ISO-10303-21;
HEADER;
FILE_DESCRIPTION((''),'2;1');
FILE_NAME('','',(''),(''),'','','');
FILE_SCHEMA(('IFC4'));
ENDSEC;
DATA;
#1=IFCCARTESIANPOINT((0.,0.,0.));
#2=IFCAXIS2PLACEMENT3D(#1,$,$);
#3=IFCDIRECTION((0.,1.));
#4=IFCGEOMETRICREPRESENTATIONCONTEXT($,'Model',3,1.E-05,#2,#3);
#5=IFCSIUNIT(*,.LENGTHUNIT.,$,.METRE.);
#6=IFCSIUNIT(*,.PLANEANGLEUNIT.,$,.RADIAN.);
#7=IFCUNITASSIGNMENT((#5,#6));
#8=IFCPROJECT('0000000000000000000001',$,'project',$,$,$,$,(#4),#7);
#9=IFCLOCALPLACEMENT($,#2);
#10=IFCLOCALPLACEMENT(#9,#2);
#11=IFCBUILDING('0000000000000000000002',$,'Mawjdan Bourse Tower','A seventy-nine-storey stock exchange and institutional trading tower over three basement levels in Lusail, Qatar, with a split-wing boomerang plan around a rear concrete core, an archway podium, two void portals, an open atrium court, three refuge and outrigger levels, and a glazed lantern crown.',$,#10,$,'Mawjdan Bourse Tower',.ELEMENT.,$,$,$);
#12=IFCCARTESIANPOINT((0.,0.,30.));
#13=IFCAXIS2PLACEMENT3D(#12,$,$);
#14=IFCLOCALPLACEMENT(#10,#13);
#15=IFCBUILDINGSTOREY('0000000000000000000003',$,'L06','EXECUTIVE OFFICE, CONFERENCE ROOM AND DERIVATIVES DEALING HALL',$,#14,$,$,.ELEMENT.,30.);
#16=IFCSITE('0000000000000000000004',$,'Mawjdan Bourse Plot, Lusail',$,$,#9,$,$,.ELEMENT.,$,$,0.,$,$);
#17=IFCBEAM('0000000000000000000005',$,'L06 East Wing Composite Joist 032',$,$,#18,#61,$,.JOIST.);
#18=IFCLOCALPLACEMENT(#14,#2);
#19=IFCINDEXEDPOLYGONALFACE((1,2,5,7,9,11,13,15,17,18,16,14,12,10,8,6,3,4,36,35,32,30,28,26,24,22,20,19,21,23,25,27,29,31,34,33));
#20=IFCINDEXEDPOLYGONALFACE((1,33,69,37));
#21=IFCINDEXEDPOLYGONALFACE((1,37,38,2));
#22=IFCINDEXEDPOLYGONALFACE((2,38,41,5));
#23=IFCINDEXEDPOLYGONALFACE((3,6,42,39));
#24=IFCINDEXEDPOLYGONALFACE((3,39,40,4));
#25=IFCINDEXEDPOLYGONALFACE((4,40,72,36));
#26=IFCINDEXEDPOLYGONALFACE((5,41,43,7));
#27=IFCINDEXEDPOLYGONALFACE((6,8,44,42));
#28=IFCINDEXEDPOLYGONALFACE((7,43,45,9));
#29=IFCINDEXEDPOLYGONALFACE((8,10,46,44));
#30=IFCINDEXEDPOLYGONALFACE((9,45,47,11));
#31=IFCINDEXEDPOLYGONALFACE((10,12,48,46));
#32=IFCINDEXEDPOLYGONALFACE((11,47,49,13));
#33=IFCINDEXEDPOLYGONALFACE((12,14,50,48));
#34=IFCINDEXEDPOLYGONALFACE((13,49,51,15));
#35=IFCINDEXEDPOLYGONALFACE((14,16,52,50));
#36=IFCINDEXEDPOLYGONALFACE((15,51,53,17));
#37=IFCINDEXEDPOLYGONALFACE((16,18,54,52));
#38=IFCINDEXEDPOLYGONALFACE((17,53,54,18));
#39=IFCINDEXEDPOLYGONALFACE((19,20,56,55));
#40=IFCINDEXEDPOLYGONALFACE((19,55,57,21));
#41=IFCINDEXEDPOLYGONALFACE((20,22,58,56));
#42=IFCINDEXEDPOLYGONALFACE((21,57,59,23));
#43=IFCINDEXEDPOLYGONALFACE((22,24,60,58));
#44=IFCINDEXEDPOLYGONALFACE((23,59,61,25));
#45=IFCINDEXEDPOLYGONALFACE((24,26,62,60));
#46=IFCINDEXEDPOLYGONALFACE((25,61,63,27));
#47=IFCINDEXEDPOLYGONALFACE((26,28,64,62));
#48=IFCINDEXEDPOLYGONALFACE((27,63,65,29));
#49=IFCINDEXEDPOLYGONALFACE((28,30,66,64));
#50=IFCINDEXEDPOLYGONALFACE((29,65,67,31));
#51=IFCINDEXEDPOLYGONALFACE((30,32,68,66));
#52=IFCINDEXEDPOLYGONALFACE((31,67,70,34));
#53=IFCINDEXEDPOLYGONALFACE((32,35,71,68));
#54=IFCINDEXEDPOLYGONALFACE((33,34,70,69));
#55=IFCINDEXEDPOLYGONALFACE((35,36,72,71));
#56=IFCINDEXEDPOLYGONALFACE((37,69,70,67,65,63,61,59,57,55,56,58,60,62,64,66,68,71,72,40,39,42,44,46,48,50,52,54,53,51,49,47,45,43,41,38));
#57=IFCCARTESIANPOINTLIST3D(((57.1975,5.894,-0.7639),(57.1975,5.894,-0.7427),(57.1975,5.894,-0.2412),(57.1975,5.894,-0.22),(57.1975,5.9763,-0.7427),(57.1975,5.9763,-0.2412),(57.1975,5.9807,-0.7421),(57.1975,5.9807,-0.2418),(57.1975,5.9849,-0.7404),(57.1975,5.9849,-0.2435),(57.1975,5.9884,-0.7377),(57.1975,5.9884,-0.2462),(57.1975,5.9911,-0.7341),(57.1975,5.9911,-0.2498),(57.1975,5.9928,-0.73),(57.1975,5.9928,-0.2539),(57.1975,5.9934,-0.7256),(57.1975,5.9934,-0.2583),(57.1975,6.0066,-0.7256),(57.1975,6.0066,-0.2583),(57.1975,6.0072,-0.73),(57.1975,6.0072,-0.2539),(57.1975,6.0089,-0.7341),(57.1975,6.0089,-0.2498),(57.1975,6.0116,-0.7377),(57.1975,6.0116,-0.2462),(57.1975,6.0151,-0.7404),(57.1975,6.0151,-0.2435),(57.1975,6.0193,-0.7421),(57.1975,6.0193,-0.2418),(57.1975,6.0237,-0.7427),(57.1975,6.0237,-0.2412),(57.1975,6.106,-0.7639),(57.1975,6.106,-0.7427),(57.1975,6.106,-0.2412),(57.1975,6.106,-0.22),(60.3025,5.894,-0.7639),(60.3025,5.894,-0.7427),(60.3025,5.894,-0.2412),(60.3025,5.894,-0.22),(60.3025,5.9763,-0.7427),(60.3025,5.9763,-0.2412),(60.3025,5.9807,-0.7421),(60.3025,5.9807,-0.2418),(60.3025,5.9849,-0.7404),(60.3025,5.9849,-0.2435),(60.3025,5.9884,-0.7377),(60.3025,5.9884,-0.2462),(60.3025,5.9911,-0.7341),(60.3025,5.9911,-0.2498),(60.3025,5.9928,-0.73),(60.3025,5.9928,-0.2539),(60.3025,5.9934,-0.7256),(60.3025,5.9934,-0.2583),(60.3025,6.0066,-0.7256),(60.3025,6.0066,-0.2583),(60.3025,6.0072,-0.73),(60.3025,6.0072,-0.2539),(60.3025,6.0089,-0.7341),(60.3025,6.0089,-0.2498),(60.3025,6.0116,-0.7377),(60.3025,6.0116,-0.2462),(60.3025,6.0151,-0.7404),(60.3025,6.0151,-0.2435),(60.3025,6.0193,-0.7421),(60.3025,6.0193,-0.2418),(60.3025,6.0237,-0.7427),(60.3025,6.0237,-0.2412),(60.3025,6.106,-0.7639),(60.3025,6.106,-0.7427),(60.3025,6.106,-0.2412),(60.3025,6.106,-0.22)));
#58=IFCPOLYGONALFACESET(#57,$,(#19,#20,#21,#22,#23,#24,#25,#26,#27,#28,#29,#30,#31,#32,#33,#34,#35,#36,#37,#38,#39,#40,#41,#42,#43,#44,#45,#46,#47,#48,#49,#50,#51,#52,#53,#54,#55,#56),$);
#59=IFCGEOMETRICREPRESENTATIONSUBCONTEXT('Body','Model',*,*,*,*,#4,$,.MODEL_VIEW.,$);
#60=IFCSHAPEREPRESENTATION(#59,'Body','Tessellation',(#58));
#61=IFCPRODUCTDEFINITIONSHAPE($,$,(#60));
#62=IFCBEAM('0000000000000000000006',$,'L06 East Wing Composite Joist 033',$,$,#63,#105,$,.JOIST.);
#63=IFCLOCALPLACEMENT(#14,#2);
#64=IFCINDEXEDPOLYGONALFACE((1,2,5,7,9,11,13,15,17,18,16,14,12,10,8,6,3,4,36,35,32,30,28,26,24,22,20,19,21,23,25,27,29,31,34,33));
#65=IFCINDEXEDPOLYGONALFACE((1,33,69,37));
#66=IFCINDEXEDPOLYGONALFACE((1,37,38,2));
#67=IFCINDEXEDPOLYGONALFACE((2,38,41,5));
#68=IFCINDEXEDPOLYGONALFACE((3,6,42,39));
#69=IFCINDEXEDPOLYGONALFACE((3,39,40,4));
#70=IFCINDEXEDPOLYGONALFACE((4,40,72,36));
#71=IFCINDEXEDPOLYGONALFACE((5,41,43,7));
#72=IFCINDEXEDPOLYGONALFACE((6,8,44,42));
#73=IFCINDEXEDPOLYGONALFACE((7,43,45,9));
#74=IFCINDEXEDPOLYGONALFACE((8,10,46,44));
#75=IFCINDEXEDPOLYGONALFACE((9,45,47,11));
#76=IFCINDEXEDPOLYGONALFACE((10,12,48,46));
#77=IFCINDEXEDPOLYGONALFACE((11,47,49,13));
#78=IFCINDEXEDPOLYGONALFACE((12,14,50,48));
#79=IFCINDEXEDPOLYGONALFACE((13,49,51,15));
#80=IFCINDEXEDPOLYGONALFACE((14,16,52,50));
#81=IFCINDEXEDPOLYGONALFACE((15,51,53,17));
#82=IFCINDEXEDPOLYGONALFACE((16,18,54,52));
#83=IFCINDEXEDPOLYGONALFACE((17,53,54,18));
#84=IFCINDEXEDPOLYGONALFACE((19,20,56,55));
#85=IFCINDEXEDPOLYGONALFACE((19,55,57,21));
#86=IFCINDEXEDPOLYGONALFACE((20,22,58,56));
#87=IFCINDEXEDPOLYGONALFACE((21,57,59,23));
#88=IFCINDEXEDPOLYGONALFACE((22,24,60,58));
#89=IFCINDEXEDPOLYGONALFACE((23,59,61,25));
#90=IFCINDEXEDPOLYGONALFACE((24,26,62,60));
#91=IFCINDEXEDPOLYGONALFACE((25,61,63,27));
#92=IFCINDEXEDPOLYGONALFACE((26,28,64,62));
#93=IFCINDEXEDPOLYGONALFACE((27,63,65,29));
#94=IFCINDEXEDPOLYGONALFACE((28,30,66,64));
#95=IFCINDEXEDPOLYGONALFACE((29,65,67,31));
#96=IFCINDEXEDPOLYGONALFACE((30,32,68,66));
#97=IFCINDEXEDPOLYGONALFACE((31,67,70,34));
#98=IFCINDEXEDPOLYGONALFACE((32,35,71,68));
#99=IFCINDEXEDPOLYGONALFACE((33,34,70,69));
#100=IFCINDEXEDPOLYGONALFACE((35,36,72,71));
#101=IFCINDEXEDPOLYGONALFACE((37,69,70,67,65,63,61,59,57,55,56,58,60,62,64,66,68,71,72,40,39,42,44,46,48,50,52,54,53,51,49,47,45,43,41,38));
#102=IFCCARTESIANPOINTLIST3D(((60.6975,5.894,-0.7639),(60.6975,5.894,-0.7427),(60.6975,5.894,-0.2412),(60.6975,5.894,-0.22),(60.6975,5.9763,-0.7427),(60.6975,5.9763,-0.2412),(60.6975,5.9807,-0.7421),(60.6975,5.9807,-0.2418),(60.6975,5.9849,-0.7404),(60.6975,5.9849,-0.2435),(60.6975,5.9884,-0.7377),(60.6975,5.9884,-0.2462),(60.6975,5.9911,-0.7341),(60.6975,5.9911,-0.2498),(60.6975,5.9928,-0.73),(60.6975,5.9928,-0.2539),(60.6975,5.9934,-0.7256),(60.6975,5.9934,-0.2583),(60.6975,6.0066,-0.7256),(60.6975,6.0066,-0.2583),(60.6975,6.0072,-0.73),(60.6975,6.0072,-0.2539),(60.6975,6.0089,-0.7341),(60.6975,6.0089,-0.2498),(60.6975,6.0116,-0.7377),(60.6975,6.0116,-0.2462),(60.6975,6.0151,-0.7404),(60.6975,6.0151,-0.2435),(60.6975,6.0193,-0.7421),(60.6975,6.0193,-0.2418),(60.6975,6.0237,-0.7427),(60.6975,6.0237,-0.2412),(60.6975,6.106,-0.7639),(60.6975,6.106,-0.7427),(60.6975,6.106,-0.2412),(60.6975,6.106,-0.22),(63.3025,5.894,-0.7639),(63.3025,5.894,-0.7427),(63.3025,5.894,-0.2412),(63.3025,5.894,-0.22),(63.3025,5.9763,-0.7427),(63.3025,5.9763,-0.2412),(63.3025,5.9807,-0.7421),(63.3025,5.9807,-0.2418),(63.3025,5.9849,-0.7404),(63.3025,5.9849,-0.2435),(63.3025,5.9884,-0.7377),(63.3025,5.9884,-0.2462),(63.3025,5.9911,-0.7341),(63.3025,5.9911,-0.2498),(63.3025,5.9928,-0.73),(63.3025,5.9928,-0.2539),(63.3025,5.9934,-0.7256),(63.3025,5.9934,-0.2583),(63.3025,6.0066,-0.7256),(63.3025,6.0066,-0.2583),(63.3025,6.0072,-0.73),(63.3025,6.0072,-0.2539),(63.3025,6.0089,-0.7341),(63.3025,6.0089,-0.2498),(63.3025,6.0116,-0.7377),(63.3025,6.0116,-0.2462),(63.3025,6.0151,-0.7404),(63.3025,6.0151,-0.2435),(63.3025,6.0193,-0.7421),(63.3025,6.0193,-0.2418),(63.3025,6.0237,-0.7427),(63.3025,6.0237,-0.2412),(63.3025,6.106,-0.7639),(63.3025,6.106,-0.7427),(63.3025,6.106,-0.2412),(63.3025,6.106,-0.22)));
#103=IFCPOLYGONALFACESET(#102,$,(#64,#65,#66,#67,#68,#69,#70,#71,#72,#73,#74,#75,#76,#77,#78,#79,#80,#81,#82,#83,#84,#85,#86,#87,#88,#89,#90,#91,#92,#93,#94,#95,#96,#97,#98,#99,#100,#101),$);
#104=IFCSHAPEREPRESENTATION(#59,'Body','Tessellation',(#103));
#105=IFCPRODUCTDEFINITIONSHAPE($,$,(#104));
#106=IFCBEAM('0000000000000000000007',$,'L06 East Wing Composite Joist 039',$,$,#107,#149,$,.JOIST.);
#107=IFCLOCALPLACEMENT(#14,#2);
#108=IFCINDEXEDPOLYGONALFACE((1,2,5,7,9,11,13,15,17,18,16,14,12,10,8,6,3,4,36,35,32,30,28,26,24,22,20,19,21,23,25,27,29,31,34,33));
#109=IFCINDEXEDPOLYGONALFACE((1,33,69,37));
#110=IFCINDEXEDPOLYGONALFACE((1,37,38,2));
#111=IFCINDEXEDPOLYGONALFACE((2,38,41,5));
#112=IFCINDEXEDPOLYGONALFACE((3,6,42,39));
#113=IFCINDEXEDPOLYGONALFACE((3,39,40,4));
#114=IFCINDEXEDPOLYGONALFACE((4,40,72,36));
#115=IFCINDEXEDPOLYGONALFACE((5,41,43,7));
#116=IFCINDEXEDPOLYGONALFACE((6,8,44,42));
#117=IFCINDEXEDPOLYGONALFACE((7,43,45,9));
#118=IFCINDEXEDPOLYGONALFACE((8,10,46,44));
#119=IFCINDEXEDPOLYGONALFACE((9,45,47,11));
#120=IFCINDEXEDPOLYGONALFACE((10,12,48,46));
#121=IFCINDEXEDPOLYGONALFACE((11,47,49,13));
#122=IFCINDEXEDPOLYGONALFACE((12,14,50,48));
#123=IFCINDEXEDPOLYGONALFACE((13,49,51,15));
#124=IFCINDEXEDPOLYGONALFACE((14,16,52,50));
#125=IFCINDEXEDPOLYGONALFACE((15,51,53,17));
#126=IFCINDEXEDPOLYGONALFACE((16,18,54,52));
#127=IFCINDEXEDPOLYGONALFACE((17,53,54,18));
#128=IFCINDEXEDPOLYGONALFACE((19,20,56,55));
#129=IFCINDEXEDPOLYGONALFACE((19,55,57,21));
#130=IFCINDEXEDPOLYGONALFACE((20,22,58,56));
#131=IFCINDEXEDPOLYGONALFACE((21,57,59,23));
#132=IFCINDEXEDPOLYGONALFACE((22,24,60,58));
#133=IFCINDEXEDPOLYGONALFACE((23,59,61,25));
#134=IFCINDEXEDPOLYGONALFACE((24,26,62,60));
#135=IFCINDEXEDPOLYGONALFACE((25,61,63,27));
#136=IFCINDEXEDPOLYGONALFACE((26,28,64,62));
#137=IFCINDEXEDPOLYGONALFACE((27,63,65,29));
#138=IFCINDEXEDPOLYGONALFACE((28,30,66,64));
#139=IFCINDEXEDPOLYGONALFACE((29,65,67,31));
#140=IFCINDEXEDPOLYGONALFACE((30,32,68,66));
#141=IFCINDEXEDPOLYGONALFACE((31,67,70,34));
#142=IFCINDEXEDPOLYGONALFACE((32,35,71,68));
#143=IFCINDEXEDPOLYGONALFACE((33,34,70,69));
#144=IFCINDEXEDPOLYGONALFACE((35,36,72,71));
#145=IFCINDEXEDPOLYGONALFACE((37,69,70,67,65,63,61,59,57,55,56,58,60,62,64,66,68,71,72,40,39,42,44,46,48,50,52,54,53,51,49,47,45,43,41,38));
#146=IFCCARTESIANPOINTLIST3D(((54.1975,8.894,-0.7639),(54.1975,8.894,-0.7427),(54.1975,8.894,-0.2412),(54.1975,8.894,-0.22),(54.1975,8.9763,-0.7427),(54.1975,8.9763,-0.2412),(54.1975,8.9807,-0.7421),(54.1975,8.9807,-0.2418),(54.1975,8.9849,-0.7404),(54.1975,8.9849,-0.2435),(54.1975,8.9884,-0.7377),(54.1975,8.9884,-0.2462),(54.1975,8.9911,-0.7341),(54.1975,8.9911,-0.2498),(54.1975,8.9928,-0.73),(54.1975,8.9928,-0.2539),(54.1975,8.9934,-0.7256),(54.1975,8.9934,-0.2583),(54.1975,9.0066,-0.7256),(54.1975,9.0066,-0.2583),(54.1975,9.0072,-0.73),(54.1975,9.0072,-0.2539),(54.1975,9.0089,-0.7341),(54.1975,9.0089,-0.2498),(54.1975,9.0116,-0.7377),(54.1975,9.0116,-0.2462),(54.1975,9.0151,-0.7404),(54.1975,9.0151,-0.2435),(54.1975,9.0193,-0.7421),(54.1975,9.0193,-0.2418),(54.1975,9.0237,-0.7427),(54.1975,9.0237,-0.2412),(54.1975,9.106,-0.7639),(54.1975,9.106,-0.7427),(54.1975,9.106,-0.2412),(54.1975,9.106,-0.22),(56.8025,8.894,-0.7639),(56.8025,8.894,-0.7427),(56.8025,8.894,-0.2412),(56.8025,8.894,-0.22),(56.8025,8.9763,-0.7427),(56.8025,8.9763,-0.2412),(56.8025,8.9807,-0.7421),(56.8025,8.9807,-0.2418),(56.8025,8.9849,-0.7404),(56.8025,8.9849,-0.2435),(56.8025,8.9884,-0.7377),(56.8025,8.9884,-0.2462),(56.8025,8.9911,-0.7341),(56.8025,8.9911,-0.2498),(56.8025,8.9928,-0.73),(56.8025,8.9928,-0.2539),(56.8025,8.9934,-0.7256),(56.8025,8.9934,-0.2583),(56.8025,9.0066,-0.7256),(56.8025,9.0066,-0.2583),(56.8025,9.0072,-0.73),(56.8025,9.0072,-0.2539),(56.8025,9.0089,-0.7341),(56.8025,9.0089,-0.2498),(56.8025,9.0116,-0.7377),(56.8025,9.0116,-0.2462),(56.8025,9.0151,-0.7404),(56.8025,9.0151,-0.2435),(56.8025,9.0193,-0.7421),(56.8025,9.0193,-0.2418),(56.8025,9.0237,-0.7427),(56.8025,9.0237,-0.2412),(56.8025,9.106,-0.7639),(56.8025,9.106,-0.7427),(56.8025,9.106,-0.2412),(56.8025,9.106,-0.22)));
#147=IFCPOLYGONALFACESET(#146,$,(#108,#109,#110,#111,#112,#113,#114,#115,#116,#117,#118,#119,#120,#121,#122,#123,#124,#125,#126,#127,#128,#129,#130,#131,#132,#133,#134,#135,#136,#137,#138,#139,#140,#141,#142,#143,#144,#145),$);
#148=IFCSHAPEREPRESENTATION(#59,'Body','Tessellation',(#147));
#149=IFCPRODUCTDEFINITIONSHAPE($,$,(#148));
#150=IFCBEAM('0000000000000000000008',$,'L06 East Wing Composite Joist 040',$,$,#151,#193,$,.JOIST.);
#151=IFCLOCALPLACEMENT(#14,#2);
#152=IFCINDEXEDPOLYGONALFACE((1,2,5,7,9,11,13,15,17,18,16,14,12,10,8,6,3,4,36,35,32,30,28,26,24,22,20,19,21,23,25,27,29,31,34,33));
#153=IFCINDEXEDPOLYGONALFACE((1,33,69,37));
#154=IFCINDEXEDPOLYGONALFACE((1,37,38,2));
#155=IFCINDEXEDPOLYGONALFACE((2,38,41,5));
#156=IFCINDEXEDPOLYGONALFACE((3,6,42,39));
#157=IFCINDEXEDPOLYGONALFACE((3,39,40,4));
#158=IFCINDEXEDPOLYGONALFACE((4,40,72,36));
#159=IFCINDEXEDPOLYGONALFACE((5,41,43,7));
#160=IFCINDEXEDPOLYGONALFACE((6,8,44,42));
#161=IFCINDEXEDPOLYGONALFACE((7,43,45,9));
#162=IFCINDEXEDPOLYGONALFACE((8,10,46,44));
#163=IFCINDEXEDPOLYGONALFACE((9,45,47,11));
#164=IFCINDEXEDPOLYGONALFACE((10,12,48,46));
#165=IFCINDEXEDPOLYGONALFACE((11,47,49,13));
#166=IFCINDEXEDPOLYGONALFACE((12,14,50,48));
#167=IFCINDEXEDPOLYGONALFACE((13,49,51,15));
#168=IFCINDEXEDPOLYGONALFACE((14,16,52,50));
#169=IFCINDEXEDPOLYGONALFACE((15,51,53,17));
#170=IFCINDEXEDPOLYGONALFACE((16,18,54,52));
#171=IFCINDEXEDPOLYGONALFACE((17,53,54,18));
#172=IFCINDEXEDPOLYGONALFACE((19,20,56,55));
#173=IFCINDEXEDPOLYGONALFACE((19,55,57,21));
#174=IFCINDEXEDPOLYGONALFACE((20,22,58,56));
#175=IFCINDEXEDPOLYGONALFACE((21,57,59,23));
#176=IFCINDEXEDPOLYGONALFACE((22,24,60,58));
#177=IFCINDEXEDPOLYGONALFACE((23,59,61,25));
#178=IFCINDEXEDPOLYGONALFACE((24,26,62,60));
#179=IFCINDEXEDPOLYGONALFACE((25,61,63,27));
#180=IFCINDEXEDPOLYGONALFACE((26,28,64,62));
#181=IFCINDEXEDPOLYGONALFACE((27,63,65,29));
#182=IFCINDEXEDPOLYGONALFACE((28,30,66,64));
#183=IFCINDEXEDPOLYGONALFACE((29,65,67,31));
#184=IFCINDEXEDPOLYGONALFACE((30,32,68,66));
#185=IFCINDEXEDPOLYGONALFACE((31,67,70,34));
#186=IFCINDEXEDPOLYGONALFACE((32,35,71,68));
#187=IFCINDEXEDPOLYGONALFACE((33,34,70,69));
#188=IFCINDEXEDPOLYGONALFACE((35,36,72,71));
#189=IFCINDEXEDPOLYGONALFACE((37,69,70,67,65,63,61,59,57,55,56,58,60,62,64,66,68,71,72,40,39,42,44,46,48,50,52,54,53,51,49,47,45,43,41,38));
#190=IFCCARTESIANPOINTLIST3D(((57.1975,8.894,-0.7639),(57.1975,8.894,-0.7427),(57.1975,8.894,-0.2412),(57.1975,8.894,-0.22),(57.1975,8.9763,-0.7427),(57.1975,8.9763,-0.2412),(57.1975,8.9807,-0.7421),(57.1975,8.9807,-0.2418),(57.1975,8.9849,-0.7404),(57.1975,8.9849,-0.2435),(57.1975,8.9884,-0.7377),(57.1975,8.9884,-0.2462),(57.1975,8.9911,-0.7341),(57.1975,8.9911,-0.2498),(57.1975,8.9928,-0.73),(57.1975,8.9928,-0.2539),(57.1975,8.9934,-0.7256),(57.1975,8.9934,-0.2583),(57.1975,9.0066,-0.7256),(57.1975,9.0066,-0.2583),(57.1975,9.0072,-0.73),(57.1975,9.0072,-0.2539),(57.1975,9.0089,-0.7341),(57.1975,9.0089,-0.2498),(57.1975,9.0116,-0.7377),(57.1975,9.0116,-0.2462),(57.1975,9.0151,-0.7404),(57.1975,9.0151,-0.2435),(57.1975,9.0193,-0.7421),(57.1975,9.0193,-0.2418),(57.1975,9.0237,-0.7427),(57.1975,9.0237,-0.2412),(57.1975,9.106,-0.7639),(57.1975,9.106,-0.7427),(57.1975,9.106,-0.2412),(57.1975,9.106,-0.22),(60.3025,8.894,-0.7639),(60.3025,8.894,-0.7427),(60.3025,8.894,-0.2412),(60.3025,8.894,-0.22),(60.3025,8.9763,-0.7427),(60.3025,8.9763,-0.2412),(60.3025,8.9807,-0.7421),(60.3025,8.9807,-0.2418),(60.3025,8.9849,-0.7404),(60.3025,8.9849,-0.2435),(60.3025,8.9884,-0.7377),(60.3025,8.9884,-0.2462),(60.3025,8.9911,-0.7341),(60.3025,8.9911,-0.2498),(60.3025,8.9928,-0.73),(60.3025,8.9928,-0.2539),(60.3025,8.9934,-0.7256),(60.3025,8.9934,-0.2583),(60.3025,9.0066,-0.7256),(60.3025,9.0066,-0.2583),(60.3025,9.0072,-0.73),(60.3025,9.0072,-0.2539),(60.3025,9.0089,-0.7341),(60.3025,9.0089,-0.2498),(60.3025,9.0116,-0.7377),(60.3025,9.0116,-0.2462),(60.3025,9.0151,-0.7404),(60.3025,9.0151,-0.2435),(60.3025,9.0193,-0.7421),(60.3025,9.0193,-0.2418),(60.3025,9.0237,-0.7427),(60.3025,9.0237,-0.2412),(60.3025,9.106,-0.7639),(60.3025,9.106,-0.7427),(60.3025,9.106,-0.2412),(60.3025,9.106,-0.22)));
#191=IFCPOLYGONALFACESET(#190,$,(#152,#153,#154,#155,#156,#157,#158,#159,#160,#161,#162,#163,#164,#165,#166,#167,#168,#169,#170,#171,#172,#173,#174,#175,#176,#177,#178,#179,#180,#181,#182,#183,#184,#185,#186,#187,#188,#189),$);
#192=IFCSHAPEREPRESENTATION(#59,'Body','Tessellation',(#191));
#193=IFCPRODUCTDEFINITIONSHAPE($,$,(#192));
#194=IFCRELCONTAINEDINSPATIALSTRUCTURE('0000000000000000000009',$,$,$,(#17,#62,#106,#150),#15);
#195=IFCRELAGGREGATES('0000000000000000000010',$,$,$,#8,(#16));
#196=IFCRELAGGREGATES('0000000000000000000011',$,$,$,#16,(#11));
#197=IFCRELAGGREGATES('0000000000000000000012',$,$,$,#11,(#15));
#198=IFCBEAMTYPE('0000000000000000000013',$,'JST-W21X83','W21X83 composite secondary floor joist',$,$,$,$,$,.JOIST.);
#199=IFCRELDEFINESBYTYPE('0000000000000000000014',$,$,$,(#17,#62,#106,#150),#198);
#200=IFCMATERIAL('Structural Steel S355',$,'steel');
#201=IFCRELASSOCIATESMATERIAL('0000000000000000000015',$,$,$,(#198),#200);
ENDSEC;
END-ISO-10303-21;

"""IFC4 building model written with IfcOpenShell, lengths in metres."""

from ifc_helpers import new_model, si_unit, direction, frame, origin, origin_2d, place, context, subcontext, project, spatial, i_section, extrude, material, material_profile, profile_set, type_object, element, save


model = new_model("IFC4")

# Units and contexts
model_context = context("Model", 3, precision=1e-05, world=origin(), true_north=direction((0.0, 1.0)))
body_context = subcontext(model_context, "Body", "Model", "MODEL_VIEW")
ifc_project = project(units=[si_unit("LENGTHUNIT", "METRE"), si_unit("PLANEANGLEUNIT", "RADIAN")], contexts=[model_context])

# Site, building, storey
site_placement = place(None, origin())
site = spatial("IfcSite", under=ifc_project, at=site_placement, Name="Mawjdan Bourse Plot, Lusail", CompositionType="ELEMENT", RefElevation=0.0)
building_placement = place(site_placement, origin())
building = spatial("IfcBuilding", under=site, at=building_placement, Name="Mawjdan Bourse Tower", Description="A seventy-nine-storey stock exchange and institutional trading tower over three basement levels in Lusail, Qatar, with a split-wing boomerang plan around a rear concrete core, an archway podium, two void portals, an open atrium court, three refuge and outrigger levels, and a glazed lantern crown.", LongName="Mawjdan Bourse Tower", CompositionType="ELEMENT")
storey_placement = place(building_placement, frame((0.0, 0.0, 30.0)))
storey = spatial("IfcBuildingStorey", under=building, at=storey_placement, Name="L06", Description="EXECUTIVE OFFICE, CONFERENCE ROOM AND DERIVATIVES DEALING HALL", CompositionType="ELEMENT", Elevation=30.0)

# Beams
ifc_material_1 = material(Name="Structural Steel S355", Category="steel")
ifc_material_profile_1 = material_profile(ifc_material_1, i_section(OverallWidth=0.2119, OverallDepth=0.5439, WebThickness=0.0132, FlangeThickness=0.0212, FilletRadius=0.0171, at=origin_2d()), Name="W21X83")
ifc_profile_set_1 = profile_set([ifc_material_profile_1], Name="Structural Steel S355")
beam_type_1 = type_object("IfcBeamType", Name="JST-W21X83", Description="W21X83 composite secondary floor joist", PredefinedType="JOIST", material=ifc_profile_set_1)
beam_1_placement = place(storey_placement, frame((57.1975, 6.0, -0.4919), z_axis=(1.0, 0.0, 0.0), x_axis=(0.0, 1.0, 0.0)))
element("IfcBeam", 1, at=beam_1_placement, inside=storey, type_object=beam_type_1, Name="L06 East Wing Composite Joist 032", PredefinedType="JOIST", context=body_context, shape_type="SweptSolid", body=[
    extrude(i_section(OverallWidth=0.2119, OverallDepth=0.5439, WebThickness=0.0132, FlangeThickness=0.0212, FilletRadius=0.0171, at=origin_2d()), origin(), (0.0, 0.0, 1.0), 3.105),
])
for number, where, z_axis, x_axis, name in (
    (2, (60.6975, 6.0, -0.4919), (1.0, 0.0, 0.0), (0.0, 1.0, 0.0), "L06 East Wing Composite Joist 033"),
    (3, (54.1975, 9.0, -0.4919), (1.0, 0.0, 0.0), (0.0, 1.0, 0.0), "L06 East Wing Composite Joist 039"),
):
    element("IfcBeam", number, at=place(storey_placement, frame(where, z_axis=z_axis, x_axis=x_axis)), inside=storey, type_object=beam_type_1, Name=name, PredefinedType="JOIST", context=body_context, shape_type="SweptSolid", body=[
        extrude(i_section(OverallWidth=0.2119, OverallDepth=0.5439, WebThickness=0.0132, FlangeThickness=0.0212, FilletRadius=0.0171, at=origin_2d()), origin(), (0.0, 0.0, 1.0), 2.605),
    ])
beam_2_placement = place(storey_placement, frame((57.1975, 9.0, -0.4919), z_axis=(1.0, 0.0, 0.0), x_axis=(0.0, 1.0, 0.0)))
element("IfcBeam", 4, at=beam_2_placement, inside=storey, type_object=beam_type_1, Name="L06 East Wing Composite Joist 040", PredefinedType="JOIST", context=body_context, shape_type="SweptSolid", body=[
    extrude(i_section(OverallWidth=0.2119, OverallDepth=0.5439, WebThickness=0.0132, FlangeThickness=0.0212, FilletRadius=0.0171, at=origin_2d()), origin(), (0.0, 0.0, 1.0), 3.105),
])

save(model, "model.ifc")
